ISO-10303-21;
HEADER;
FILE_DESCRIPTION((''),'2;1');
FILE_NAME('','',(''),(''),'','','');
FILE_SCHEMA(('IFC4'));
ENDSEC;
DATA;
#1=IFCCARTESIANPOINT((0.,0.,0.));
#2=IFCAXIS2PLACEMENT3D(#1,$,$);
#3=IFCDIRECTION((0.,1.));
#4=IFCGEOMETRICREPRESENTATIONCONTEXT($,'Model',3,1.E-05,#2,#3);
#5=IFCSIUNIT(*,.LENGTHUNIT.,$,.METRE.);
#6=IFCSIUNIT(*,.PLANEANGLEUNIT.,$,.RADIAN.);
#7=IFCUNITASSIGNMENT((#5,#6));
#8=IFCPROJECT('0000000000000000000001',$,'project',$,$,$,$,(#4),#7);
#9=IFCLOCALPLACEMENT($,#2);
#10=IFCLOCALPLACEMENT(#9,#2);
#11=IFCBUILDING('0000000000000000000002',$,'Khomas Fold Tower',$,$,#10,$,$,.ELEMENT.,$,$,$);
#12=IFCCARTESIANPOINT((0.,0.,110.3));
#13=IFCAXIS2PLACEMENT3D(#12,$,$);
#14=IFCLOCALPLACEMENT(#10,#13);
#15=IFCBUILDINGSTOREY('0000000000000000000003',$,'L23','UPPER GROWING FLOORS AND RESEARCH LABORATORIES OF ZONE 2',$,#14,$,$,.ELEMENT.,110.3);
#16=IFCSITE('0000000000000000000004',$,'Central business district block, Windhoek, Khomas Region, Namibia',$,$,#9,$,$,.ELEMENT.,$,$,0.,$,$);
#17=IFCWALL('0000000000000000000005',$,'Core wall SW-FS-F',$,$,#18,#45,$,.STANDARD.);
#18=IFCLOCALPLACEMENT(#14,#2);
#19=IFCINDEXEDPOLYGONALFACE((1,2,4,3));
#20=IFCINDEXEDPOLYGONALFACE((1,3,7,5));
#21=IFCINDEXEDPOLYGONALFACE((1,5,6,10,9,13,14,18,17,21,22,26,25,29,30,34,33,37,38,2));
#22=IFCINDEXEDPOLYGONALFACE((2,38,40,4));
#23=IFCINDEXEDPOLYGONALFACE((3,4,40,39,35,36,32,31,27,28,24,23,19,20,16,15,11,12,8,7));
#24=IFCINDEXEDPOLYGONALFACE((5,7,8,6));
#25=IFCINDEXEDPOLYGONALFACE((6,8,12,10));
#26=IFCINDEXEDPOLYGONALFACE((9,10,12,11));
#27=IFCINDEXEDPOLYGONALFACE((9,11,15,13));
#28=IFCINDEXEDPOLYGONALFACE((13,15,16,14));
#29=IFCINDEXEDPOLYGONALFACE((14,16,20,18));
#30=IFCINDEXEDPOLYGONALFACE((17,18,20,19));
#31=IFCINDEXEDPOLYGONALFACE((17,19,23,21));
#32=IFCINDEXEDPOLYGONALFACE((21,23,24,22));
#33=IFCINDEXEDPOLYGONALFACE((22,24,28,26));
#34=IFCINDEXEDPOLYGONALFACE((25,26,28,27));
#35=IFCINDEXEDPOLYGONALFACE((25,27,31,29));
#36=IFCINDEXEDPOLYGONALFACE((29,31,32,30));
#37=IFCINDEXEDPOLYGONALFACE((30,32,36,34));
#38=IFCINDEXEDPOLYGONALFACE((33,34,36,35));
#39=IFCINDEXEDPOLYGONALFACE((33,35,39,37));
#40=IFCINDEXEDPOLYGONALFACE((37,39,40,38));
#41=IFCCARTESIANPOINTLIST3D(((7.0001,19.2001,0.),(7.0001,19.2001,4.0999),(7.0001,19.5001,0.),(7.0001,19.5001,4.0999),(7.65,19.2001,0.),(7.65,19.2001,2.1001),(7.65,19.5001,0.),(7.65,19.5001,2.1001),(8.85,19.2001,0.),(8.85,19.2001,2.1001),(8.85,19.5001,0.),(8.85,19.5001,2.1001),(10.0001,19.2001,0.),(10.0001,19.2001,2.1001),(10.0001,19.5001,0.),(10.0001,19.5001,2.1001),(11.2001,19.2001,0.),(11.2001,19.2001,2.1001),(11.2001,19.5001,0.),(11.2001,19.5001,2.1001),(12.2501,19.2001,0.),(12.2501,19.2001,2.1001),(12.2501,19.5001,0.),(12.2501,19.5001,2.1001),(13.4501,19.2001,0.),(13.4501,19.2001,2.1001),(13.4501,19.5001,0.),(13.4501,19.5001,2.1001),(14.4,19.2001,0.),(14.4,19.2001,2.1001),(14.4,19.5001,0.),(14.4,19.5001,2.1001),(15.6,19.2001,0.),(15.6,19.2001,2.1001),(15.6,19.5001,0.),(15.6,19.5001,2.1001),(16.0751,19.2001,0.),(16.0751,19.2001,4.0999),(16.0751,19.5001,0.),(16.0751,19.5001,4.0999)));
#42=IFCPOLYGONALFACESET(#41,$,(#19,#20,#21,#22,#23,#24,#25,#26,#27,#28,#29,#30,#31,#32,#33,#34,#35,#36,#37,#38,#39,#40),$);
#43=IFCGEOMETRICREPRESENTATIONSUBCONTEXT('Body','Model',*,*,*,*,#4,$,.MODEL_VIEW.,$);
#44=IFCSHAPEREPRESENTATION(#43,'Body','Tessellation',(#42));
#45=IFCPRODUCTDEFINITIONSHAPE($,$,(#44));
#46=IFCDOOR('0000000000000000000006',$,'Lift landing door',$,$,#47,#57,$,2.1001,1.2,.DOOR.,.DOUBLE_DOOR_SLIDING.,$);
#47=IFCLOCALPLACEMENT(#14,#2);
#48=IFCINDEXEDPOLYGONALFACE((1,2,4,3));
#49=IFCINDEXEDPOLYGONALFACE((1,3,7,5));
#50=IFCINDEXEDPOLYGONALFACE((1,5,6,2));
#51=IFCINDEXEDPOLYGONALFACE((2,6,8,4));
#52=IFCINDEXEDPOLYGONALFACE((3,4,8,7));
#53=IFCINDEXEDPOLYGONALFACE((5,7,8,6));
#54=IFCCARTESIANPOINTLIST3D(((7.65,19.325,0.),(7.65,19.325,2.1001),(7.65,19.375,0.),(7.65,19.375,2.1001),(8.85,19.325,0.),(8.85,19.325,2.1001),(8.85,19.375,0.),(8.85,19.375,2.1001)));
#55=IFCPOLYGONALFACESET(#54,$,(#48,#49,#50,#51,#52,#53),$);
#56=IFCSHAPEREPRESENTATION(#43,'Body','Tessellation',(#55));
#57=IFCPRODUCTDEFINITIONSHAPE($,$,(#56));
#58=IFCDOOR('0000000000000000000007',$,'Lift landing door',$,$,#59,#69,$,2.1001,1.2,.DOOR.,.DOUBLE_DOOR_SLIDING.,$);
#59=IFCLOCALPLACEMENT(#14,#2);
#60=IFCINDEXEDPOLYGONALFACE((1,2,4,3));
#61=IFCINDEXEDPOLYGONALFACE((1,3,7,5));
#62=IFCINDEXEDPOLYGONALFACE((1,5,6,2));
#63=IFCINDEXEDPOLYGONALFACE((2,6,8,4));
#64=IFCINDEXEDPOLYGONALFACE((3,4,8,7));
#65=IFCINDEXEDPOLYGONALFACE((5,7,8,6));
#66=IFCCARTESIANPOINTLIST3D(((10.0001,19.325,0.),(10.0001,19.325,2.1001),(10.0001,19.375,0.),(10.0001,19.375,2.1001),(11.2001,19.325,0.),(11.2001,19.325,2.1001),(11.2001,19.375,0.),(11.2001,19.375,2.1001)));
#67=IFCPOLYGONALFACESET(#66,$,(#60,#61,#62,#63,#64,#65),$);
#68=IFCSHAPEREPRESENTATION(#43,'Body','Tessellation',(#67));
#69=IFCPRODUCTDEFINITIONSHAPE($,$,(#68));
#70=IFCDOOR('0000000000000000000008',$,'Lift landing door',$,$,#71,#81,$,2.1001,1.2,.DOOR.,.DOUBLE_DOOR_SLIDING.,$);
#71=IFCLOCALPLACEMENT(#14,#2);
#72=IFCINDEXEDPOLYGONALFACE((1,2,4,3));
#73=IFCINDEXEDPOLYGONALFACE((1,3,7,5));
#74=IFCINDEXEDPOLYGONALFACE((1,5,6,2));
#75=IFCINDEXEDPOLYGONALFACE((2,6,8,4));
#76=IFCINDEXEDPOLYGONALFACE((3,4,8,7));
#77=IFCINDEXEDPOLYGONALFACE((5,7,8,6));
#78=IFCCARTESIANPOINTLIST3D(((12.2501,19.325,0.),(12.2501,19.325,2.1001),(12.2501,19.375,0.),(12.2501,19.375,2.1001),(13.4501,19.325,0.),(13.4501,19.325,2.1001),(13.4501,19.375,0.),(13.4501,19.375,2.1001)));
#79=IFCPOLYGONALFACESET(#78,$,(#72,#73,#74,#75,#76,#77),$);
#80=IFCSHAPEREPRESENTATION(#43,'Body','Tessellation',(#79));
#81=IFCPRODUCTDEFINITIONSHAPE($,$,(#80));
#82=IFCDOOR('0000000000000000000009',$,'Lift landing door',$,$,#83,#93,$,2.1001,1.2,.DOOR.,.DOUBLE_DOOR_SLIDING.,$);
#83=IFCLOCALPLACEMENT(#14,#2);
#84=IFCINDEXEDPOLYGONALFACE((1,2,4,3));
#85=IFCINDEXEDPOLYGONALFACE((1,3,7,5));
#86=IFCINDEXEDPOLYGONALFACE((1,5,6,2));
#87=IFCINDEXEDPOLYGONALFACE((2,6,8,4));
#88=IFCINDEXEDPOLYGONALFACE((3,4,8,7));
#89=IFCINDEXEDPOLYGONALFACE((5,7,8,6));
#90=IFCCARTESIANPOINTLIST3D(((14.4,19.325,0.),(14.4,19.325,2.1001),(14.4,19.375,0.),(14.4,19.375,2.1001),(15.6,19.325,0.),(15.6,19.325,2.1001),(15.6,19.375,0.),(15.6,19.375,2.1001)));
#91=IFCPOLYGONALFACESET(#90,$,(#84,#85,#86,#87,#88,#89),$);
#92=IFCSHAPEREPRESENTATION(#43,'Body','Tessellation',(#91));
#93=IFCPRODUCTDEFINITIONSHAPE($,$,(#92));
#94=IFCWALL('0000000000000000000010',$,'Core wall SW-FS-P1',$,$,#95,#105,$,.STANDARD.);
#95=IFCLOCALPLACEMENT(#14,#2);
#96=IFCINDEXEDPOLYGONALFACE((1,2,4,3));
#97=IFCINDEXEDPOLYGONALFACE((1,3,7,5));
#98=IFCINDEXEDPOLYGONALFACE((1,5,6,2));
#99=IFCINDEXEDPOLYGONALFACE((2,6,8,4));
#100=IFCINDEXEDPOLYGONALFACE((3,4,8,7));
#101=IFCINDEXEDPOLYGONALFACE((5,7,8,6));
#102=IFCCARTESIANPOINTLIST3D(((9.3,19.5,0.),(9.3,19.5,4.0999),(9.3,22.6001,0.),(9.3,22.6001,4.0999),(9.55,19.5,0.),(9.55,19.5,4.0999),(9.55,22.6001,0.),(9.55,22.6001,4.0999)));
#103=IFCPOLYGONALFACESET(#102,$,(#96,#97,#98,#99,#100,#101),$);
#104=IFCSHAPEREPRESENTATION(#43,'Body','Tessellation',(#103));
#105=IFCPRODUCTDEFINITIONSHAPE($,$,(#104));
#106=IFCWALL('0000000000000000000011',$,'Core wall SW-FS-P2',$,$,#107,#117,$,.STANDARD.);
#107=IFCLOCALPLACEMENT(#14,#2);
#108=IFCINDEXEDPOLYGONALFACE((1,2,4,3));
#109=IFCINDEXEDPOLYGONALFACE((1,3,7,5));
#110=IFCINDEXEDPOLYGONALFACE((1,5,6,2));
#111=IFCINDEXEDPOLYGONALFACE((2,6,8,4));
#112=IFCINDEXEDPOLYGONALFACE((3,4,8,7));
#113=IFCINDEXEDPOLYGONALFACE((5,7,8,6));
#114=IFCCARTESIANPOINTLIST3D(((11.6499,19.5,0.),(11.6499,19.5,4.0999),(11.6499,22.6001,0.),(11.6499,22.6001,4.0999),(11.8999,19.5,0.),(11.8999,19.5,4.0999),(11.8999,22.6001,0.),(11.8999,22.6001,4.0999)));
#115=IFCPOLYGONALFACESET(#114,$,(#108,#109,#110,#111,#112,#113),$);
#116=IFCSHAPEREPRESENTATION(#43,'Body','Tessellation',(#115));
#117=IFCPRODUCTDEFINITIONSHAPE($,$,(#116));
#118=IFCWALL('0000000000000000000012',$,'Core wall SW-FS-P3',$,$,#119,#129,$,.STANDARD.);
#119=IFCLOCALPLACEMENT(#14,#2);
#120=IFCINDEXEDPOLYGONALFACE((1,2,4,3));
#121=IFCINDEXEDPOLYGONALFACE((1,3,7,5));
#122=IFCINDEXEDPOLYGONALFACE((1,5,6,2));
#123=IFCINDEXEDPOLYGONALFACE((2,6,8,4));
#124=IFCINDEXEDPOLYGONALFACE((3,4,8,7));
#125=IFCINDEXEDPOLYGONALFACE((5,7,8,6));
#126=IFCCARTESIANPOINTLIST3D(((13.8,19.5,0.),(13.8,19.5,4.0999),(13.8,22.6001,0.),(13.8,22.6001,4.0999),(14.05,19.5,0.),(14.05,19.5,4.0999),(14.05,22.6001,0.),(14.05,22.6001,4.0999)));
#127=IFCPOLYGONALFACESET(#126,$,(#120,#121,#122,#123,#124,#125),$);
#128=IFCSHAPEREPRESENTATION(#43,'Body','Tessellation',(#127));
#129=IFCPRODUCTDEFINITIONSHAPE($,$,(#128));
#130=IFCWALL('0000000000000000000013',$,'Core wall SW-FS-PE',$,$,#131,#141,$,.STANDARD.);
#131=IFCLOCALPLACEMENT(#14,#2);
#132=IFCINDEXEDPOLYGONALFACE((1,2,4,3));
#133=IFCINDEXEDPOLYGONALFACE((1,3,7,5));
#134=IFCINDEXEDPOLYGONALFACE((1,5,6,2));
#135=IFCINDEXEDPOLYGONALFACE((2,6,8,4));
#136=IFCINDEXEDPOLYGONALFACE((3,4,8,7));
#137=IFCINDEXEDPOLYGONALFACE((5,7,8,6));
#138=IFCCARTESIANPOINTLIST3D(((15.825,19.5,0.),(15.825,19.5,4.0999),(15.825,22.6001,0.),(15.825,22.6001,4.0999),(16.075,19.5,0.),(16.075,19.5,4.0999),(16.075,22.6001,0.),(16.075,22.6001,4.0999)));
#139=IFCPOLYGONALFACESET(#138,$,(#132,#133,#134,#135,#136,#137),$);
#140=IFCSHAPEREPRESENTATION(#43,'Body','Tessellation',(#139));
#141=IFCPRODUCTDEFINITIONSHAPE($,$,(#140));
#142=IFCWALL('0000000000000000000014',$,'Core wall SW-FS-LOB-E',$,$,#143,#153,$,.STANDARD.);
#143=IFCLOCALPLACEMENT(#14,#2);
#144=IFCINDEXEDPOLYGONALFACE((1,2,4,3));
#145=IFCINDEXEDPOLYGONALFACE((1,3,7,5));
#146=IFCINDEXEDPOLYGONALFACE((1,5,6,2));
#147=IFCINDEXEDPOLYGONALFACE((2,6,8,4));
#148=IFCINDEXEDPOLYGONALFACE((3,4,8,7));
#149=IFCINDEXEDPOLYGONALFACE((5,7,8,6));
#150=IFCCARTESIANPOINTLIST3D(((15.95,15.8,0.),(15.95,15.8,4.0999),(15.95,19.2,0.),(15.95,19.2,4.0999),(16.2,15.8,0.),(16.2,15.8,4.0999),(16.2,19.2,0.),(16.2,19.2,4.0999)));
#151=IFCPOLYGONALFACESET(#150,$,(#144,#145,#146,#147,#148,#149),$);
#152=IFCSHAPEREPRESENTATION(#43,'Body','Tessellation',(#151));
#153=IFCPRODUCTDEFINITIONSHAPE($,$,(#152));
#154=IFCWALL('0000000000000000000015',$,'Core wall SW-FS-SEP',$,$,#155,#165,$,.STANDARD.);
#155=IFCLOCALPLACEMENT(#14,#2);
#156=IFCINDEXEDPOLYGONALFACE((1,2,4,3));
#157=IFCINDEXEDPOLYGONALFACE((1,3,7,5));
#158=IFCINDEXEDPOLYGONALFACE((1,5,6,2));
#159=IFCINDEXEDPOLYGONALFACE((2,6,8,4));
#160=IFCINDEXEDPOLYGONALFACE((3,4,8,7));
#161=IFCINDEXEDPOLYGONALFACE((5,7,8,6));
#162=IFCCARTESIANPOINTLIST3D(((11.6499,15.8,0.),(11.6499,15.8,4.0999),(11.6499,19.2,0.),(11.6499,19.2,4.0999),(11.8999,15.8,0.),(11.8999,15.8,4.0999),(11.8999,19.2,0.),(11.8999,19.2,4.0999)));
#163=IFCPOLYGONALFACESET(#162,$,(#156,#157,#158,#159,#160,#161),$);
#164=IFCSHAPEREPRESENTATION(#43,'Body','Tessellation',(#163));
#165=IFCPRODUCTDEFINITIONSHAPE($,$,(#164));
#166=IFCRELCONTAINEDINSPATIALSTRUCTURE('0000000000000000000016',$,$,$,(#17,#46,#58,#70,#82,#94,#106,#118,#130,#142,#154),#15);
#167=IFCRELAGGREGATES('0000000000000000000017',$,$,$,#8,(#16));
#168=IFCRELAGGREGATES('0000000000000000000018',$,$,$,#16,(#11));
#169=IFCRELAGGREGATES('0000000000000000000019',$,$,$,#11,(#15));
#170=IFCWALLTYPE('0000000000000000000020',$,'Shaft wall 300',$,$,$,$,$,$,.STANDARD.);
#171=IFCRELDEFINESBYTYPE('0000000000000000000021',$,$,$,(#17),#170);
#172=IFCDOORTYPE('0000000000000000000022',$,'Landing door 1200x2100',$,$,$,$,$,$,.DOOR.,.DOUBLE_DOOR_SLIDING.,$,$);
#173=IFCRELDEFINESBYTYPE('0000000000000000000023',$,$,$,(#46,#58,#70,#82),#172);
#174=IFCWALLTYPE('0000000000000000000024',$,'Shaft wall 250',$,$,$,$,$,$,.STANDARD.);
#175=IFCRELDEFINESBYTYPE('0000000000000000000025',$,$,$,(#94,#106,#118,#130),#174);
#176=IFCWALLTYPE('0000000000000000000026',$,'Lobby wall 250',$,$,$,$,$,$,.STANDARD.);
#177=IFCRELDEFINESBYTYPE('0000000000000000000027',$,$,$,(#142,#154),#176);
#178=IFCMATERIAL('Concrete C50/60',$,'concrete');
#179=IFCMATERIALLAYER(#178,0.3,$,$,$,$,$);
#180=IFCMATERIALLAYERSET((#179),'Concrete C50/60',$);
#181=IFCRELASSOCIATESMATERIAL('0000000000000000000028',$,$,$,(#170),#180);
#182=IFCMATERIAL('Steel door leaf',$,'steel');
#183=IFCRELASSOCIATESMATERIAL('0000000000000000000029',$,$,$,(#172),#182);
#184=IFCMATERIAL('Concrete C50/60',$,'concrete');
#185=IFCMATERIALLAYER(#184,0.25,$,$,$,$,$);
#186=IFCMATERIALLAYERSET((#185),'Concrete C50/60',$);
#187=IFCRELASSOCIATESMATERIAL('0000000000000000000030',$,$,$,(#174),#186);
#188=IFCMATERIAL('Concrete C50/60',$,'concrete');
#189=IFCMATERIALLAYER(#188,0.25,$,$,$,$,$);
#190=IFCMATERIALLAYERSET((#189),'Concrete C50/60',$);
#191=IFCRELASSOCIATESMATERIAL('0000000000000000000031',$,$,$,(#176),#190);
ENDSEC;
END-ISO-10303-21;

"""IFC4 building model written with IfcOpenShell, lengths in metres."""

from ifc_helpers import new_model, si_unit, direction, frame, frame_2d, origin, place, context, subcontext, project, spatial, rectangle, extrude, source, transform, mapped, material, layer, layer_set, type_object, element, fill, save


model = new_model("IFC4")

# Units and contexts
model_context = context("Model", 3, precision=1e-05, world=origin(), true_north=direction((0.0, 1.0)))
body_context = subcontext(model_context, "Body", "Model", "MODEL_VIEW")
ifc_project = project(units=[si_unit("LENGTHUNIT", "METRE"), si_unit("PLANEANGLEUNIT", "RADIAN")], contexts=[model_context])

# Site, building, storey
site_placement = place(None, origin())
site = spatial("IfcSite", under=ifc_project, at=site_placement, Name="Central business district block, Windhoek, Khomas Region, Namibia", CompositionType="ELEMENT", RefElevation=0.0)
building_placement = place(site_placement, origin())
building = spatial("IfcBuilding", under=site, at=building_placement, Name="Khomas Fold Tower", CompositionType="ELEMENT")
storey_placement = place(building_placement, frame((0.0, 0.0, 110.3)))
storey = spatial("IfcBuildingStorey", under=building, at=storey_placement, Name="L23", Description="UPPER GROWING FLOORS AND RESEARCH LABORATORIES OF ZONE 2", CompositionType="ELEMENT", Elevation=110.3)

# Shared definitions
ifc_material_1 = material(Name="Concrete C50/60", Category="concrete")
ifc_layer_1 = layer(ifc_material_1, 0.3)
ifc_layer_set_1 = layer_set([ifc_layer_1], Name="Concrete C50/60")
wall_type_1 = type_object("IfcWallType", Name="Shaft wall 300", PredefinedType="STANDARD", material=ifc_layer_set_1)

# Wall, openings, doors
shared_shape_1 = source(origin(), body_context, "Body", "SweptSolid", [
    extrude(rectangle(XDim=9.075, YDim=0.3, at=frame_2d((4.5376, 0.0))), origin(), (0.0, 0.0, 1.0), 4.0999),
])
wall_1_placement = place(storey_placement, frame((7.0, 19.3501, 0.0), z_axis=(0.0, 0.0, 1.0), x_axis=(1.0, 0.0, 0.0)))
wall_1 = element("IfcWall", 1, at=wall_1_placement, inside=storey, type_object=wall_type_1, Name="Core wall SW-FS-F", PredefinedType="STANDARD", context=body_context, shape_type="MappedRepresentation", body=[
    mapped(shared_shape_1, transform((0.0, 0.0, 0.0))),
])
shared_shape_2 = source(origin(), body_context, "Body", "SweptSolid", [
    extrude(rectangle(XDim=1.2, YDim=2.1001, at=frame_2d((0.6001, 1.05))), frame((0.0, 0.1599, 0.0), z_axis=(0.0, -1.0, 0.0), x_axis=(1.0, 0.0, 0.0)), (0.0, 0.0, 1.0), 0.3201),
])
opening_1_placement = place(wall_1_placement, frame((0.6499, 0.0, 0.0)))
opening_1 = element("IfcOpeningElement", 2, at=opening_1_placement, cuts=wall_1, PredefinedType="OPENING", context=body_context, shape_type="MappedRepresentation", body=[
    mapped(shared_shape_2, transform((0.0, 0.0, 0.0))),
])
opening_2_placement = place(wall_1_placement, frame((3.0, 0.0, 0.0)))
opening_2 = element("IfcOpeningElement", 3, at=opening_2_placement, cuts=wall_1, PredefinedType="OPENING", context=body_context, shape_type="MappedRepresentation", body=[
    mapped(shared_shape_2, transform((0.0, 0.0, 0.0))),
])
opening_3_placement = place(wall_1_placement, frame((5.25, 0.0, 0.0)))
opening_3 = element("IfcOpeningElement", 4, at=opening_3_placement, cuts=wall_1, PredefinedType="OPENING", context=body_context, shape_type="MappedRepresentation", body=[
    mapped(shared_shape_2, transform((0.0, 0.0, 0.0))),
])
opening_4_placement = place(wall_1_placement, frame((7.3999, 0.0, 0.0)))
opening_4 = element("IfcOpeningElement", 5, at=opening_4_placement, cuts=wall_1, PredefinedType="OPENING", context=body_context, shape_type="MappedRepresentation", body=[
    mapped(shared_shape_2, transform((0.0, 0.0, 0.0))),
])
ifc_material_2 = material(Name="Steel door leaf", Category="steel")
door_type_1 = type_object("IfcDoorType", Name="Landing door 1200x2100", OperationType="DOUBLE_DOOR_SLIDING", PredefinedType="DOOR", material=ifc_material_2)
shared_shape_3 = source(origin(), body_context, "Body", "SweptSolid", [
    extrude(rectangle(XDim=1.2, YDim=2.1001, at=frame_2d((0.6001, 1.05))), frame((0.0, 0.0249, 0.0), z_axis=(0.0, -1.0, 0.0), x_axis=(1.0, 0.0, 0.0)), (0.0, 0.0, 1.0), 0.05),
])
door_1_placement = place(opening_1_placement, origin())
door_1 = element("IfcDoor", 6, at=door_1_placement, inside=storey, type_object=door_type_1, Name="Lift landing door", OperationType="DOUBLE_DOOR_SLIDING", OverallHeight=2.1001, OverallWidth=1.2, PredefinedType="DOOR", context=body_context, shape_type="MappedRepresentation", body=[
    mapped(shared_shape_3, transform((0.0, 0.0, 0.0))),
])
fill(opening_1, door_1)
door_2_placement = place(opening_2_placement, origin())
door_2 = element("IfcDoor", 7, at=door_2_placement, inside=storey, type_object=door_type_1, Name="Lift landing door", OperationType="DOUBLE_DOOR_SLIDING", OverallHeight=2.1001, OverallWidth=1.2, PredefinedType="DOOR", context=body_context, shape_type="MappedRepresentation", body=[
    mapped(shared_shape_3, transform((0.0, 0.0, 0.0))),
])
fill(opening_2, door_2)
door_3_placement = place(opening_3_placement, origin())
door_3 = element("IfcDoor", 8, at=door_3_placement, inside=storey, type_object=door_type_1, Name="Lift landing door", OperationType="DOUBLE_DOOR_SLIDING", OverallHeight=2.1001, OverallWidth=1.2, PredefinedType="DOOR", context=body_context, shape_type="MappedRepresentation", body=[
    mapped(shared_shape_3, transform((0.0, 0.0, 0.0))),
])
fill(opening_3, door_3)
door_4_placement = place(opening_4_placement, origin())
door_4 = element("IfcDoor", 9, at=door_4_placement, inside=storey, type_object=door_type_1, Name="Lift landing door", OperationType="DOUBLE_DOOR_SLIDING", OverallHeight=2.1001, OverallWidth=1.2, PredefinedType="DOOR", context=body_context, shape_type="MappedRepresentation", body=[
    mapped(shared_shape_3, transform((0.0, 0.0, 0.0))),
])
fill(opening_4, door_4)

# Walls
ifc_material_3 = material(Name="Concrete C50/60", Category="concrete")
ifc_layer_2 = layer(ifc_material_3, 0.25)
ifc_layer_set_2 = layer_set([ifc_layer_2], Name="Concrete C50/60")
wall_type_2 = type_object("IfcWallType", Name="Shaft wall 250", PredefinedType="STANDARD", material=ifc_layer_set_2)
shared_shape_4 = source(origin(), body_context, "Body", "SweptSolid", [
    extrude(rectangle(XDim=3.1001, YDim=0.25, at=frame_2d((1.55, 0.0))), origin(), (0.0, 0.0, 1.0), 4.0999),
])
for number, where, z_axis, x_axis, name in (
    (10, (9.425, 19.5, 0.0), (0.0, 0.0, 1.0), (0.0, 1.0, 0.0), "Core wall SW-FS-P1"),
    (11, (11.7749, 19.5, 0.0), (0.0, 0.0, 1.0), (0.0, 1.0, 0.0), "Core wall SW-FS-P2"),
    (12, (13.925, 19.5, 0.0), (0.0, 0.0, 1.0), (0.0, 1.0, 0.0), "Core wall SW-FS-P3"),
    (13, (15.95, 19.5, 0.0), (0.0, 0.0, 1.0), (0.0, 1.0, 0.0), "Core wall SW-FS-PE"),
):
    element("IfcWall", number, at=place(storey_placement, frame(where, z_axis=z_axis, x_axis=x_axis)), inside=storey, type_object=wall_type_2, Name=name, PredefinedType="STANDARD", context=body_context, shape_type="MappedRepresentation", body=[
        mapped(shared_shape_4, transform((0.0, 0.0, 0.0))),
    ])
ifc_material_4 = material(Name="Concrete C50/60", Category="concrete")
ifc_layer_3 = layer(ifc_material_4, 0.25)
ifc_layer_set_3 = layer_set([ifc_layer_3], Name="Concrete C50/60")
wall_type_3 = type_object("IfcWallType", Name="Lobby wall 250", PredefinedType="STANDARD", material=ifc_layer_set_3)
shared_shape_5 = source(origin(), body_context, "Body", "SweptSolid", [
    extrude(rectangle(XDim=3.3999, YDim=0.25, at=frame_2d((1.7, 0.0))), origin(), (0.0, 0.0, 1.0), 4.0999),
])
for number, where, z_axis, x_axis, name in (
    (14, (16.075, 15.8, 0.0), (0.0, 0.0, 1.0), (0.0, 1.0, 0.0), "Core wall SW-FS-LOB-E"),
    (15, (11.7749, 15.8, 0.0), (0.0, 0.0, 1.0), (0.0, 1.0, 0.0), "Core wall SW-FS-SEP"),
):
    element("IfcWall", number, at=place(storey_placement, frame(where, z_axis=z_axis, x_axis=x_axis)), inside=storey, type_object=wall_type_3, Name=name, PredefinedType="STANDARD", context=body_context, shape_type="MappedRepresentation", body=[
        mapped(shared_shape_5, transform((0.0, 0.0, 0.0))),
    ])

save(model, "model.ifc")
